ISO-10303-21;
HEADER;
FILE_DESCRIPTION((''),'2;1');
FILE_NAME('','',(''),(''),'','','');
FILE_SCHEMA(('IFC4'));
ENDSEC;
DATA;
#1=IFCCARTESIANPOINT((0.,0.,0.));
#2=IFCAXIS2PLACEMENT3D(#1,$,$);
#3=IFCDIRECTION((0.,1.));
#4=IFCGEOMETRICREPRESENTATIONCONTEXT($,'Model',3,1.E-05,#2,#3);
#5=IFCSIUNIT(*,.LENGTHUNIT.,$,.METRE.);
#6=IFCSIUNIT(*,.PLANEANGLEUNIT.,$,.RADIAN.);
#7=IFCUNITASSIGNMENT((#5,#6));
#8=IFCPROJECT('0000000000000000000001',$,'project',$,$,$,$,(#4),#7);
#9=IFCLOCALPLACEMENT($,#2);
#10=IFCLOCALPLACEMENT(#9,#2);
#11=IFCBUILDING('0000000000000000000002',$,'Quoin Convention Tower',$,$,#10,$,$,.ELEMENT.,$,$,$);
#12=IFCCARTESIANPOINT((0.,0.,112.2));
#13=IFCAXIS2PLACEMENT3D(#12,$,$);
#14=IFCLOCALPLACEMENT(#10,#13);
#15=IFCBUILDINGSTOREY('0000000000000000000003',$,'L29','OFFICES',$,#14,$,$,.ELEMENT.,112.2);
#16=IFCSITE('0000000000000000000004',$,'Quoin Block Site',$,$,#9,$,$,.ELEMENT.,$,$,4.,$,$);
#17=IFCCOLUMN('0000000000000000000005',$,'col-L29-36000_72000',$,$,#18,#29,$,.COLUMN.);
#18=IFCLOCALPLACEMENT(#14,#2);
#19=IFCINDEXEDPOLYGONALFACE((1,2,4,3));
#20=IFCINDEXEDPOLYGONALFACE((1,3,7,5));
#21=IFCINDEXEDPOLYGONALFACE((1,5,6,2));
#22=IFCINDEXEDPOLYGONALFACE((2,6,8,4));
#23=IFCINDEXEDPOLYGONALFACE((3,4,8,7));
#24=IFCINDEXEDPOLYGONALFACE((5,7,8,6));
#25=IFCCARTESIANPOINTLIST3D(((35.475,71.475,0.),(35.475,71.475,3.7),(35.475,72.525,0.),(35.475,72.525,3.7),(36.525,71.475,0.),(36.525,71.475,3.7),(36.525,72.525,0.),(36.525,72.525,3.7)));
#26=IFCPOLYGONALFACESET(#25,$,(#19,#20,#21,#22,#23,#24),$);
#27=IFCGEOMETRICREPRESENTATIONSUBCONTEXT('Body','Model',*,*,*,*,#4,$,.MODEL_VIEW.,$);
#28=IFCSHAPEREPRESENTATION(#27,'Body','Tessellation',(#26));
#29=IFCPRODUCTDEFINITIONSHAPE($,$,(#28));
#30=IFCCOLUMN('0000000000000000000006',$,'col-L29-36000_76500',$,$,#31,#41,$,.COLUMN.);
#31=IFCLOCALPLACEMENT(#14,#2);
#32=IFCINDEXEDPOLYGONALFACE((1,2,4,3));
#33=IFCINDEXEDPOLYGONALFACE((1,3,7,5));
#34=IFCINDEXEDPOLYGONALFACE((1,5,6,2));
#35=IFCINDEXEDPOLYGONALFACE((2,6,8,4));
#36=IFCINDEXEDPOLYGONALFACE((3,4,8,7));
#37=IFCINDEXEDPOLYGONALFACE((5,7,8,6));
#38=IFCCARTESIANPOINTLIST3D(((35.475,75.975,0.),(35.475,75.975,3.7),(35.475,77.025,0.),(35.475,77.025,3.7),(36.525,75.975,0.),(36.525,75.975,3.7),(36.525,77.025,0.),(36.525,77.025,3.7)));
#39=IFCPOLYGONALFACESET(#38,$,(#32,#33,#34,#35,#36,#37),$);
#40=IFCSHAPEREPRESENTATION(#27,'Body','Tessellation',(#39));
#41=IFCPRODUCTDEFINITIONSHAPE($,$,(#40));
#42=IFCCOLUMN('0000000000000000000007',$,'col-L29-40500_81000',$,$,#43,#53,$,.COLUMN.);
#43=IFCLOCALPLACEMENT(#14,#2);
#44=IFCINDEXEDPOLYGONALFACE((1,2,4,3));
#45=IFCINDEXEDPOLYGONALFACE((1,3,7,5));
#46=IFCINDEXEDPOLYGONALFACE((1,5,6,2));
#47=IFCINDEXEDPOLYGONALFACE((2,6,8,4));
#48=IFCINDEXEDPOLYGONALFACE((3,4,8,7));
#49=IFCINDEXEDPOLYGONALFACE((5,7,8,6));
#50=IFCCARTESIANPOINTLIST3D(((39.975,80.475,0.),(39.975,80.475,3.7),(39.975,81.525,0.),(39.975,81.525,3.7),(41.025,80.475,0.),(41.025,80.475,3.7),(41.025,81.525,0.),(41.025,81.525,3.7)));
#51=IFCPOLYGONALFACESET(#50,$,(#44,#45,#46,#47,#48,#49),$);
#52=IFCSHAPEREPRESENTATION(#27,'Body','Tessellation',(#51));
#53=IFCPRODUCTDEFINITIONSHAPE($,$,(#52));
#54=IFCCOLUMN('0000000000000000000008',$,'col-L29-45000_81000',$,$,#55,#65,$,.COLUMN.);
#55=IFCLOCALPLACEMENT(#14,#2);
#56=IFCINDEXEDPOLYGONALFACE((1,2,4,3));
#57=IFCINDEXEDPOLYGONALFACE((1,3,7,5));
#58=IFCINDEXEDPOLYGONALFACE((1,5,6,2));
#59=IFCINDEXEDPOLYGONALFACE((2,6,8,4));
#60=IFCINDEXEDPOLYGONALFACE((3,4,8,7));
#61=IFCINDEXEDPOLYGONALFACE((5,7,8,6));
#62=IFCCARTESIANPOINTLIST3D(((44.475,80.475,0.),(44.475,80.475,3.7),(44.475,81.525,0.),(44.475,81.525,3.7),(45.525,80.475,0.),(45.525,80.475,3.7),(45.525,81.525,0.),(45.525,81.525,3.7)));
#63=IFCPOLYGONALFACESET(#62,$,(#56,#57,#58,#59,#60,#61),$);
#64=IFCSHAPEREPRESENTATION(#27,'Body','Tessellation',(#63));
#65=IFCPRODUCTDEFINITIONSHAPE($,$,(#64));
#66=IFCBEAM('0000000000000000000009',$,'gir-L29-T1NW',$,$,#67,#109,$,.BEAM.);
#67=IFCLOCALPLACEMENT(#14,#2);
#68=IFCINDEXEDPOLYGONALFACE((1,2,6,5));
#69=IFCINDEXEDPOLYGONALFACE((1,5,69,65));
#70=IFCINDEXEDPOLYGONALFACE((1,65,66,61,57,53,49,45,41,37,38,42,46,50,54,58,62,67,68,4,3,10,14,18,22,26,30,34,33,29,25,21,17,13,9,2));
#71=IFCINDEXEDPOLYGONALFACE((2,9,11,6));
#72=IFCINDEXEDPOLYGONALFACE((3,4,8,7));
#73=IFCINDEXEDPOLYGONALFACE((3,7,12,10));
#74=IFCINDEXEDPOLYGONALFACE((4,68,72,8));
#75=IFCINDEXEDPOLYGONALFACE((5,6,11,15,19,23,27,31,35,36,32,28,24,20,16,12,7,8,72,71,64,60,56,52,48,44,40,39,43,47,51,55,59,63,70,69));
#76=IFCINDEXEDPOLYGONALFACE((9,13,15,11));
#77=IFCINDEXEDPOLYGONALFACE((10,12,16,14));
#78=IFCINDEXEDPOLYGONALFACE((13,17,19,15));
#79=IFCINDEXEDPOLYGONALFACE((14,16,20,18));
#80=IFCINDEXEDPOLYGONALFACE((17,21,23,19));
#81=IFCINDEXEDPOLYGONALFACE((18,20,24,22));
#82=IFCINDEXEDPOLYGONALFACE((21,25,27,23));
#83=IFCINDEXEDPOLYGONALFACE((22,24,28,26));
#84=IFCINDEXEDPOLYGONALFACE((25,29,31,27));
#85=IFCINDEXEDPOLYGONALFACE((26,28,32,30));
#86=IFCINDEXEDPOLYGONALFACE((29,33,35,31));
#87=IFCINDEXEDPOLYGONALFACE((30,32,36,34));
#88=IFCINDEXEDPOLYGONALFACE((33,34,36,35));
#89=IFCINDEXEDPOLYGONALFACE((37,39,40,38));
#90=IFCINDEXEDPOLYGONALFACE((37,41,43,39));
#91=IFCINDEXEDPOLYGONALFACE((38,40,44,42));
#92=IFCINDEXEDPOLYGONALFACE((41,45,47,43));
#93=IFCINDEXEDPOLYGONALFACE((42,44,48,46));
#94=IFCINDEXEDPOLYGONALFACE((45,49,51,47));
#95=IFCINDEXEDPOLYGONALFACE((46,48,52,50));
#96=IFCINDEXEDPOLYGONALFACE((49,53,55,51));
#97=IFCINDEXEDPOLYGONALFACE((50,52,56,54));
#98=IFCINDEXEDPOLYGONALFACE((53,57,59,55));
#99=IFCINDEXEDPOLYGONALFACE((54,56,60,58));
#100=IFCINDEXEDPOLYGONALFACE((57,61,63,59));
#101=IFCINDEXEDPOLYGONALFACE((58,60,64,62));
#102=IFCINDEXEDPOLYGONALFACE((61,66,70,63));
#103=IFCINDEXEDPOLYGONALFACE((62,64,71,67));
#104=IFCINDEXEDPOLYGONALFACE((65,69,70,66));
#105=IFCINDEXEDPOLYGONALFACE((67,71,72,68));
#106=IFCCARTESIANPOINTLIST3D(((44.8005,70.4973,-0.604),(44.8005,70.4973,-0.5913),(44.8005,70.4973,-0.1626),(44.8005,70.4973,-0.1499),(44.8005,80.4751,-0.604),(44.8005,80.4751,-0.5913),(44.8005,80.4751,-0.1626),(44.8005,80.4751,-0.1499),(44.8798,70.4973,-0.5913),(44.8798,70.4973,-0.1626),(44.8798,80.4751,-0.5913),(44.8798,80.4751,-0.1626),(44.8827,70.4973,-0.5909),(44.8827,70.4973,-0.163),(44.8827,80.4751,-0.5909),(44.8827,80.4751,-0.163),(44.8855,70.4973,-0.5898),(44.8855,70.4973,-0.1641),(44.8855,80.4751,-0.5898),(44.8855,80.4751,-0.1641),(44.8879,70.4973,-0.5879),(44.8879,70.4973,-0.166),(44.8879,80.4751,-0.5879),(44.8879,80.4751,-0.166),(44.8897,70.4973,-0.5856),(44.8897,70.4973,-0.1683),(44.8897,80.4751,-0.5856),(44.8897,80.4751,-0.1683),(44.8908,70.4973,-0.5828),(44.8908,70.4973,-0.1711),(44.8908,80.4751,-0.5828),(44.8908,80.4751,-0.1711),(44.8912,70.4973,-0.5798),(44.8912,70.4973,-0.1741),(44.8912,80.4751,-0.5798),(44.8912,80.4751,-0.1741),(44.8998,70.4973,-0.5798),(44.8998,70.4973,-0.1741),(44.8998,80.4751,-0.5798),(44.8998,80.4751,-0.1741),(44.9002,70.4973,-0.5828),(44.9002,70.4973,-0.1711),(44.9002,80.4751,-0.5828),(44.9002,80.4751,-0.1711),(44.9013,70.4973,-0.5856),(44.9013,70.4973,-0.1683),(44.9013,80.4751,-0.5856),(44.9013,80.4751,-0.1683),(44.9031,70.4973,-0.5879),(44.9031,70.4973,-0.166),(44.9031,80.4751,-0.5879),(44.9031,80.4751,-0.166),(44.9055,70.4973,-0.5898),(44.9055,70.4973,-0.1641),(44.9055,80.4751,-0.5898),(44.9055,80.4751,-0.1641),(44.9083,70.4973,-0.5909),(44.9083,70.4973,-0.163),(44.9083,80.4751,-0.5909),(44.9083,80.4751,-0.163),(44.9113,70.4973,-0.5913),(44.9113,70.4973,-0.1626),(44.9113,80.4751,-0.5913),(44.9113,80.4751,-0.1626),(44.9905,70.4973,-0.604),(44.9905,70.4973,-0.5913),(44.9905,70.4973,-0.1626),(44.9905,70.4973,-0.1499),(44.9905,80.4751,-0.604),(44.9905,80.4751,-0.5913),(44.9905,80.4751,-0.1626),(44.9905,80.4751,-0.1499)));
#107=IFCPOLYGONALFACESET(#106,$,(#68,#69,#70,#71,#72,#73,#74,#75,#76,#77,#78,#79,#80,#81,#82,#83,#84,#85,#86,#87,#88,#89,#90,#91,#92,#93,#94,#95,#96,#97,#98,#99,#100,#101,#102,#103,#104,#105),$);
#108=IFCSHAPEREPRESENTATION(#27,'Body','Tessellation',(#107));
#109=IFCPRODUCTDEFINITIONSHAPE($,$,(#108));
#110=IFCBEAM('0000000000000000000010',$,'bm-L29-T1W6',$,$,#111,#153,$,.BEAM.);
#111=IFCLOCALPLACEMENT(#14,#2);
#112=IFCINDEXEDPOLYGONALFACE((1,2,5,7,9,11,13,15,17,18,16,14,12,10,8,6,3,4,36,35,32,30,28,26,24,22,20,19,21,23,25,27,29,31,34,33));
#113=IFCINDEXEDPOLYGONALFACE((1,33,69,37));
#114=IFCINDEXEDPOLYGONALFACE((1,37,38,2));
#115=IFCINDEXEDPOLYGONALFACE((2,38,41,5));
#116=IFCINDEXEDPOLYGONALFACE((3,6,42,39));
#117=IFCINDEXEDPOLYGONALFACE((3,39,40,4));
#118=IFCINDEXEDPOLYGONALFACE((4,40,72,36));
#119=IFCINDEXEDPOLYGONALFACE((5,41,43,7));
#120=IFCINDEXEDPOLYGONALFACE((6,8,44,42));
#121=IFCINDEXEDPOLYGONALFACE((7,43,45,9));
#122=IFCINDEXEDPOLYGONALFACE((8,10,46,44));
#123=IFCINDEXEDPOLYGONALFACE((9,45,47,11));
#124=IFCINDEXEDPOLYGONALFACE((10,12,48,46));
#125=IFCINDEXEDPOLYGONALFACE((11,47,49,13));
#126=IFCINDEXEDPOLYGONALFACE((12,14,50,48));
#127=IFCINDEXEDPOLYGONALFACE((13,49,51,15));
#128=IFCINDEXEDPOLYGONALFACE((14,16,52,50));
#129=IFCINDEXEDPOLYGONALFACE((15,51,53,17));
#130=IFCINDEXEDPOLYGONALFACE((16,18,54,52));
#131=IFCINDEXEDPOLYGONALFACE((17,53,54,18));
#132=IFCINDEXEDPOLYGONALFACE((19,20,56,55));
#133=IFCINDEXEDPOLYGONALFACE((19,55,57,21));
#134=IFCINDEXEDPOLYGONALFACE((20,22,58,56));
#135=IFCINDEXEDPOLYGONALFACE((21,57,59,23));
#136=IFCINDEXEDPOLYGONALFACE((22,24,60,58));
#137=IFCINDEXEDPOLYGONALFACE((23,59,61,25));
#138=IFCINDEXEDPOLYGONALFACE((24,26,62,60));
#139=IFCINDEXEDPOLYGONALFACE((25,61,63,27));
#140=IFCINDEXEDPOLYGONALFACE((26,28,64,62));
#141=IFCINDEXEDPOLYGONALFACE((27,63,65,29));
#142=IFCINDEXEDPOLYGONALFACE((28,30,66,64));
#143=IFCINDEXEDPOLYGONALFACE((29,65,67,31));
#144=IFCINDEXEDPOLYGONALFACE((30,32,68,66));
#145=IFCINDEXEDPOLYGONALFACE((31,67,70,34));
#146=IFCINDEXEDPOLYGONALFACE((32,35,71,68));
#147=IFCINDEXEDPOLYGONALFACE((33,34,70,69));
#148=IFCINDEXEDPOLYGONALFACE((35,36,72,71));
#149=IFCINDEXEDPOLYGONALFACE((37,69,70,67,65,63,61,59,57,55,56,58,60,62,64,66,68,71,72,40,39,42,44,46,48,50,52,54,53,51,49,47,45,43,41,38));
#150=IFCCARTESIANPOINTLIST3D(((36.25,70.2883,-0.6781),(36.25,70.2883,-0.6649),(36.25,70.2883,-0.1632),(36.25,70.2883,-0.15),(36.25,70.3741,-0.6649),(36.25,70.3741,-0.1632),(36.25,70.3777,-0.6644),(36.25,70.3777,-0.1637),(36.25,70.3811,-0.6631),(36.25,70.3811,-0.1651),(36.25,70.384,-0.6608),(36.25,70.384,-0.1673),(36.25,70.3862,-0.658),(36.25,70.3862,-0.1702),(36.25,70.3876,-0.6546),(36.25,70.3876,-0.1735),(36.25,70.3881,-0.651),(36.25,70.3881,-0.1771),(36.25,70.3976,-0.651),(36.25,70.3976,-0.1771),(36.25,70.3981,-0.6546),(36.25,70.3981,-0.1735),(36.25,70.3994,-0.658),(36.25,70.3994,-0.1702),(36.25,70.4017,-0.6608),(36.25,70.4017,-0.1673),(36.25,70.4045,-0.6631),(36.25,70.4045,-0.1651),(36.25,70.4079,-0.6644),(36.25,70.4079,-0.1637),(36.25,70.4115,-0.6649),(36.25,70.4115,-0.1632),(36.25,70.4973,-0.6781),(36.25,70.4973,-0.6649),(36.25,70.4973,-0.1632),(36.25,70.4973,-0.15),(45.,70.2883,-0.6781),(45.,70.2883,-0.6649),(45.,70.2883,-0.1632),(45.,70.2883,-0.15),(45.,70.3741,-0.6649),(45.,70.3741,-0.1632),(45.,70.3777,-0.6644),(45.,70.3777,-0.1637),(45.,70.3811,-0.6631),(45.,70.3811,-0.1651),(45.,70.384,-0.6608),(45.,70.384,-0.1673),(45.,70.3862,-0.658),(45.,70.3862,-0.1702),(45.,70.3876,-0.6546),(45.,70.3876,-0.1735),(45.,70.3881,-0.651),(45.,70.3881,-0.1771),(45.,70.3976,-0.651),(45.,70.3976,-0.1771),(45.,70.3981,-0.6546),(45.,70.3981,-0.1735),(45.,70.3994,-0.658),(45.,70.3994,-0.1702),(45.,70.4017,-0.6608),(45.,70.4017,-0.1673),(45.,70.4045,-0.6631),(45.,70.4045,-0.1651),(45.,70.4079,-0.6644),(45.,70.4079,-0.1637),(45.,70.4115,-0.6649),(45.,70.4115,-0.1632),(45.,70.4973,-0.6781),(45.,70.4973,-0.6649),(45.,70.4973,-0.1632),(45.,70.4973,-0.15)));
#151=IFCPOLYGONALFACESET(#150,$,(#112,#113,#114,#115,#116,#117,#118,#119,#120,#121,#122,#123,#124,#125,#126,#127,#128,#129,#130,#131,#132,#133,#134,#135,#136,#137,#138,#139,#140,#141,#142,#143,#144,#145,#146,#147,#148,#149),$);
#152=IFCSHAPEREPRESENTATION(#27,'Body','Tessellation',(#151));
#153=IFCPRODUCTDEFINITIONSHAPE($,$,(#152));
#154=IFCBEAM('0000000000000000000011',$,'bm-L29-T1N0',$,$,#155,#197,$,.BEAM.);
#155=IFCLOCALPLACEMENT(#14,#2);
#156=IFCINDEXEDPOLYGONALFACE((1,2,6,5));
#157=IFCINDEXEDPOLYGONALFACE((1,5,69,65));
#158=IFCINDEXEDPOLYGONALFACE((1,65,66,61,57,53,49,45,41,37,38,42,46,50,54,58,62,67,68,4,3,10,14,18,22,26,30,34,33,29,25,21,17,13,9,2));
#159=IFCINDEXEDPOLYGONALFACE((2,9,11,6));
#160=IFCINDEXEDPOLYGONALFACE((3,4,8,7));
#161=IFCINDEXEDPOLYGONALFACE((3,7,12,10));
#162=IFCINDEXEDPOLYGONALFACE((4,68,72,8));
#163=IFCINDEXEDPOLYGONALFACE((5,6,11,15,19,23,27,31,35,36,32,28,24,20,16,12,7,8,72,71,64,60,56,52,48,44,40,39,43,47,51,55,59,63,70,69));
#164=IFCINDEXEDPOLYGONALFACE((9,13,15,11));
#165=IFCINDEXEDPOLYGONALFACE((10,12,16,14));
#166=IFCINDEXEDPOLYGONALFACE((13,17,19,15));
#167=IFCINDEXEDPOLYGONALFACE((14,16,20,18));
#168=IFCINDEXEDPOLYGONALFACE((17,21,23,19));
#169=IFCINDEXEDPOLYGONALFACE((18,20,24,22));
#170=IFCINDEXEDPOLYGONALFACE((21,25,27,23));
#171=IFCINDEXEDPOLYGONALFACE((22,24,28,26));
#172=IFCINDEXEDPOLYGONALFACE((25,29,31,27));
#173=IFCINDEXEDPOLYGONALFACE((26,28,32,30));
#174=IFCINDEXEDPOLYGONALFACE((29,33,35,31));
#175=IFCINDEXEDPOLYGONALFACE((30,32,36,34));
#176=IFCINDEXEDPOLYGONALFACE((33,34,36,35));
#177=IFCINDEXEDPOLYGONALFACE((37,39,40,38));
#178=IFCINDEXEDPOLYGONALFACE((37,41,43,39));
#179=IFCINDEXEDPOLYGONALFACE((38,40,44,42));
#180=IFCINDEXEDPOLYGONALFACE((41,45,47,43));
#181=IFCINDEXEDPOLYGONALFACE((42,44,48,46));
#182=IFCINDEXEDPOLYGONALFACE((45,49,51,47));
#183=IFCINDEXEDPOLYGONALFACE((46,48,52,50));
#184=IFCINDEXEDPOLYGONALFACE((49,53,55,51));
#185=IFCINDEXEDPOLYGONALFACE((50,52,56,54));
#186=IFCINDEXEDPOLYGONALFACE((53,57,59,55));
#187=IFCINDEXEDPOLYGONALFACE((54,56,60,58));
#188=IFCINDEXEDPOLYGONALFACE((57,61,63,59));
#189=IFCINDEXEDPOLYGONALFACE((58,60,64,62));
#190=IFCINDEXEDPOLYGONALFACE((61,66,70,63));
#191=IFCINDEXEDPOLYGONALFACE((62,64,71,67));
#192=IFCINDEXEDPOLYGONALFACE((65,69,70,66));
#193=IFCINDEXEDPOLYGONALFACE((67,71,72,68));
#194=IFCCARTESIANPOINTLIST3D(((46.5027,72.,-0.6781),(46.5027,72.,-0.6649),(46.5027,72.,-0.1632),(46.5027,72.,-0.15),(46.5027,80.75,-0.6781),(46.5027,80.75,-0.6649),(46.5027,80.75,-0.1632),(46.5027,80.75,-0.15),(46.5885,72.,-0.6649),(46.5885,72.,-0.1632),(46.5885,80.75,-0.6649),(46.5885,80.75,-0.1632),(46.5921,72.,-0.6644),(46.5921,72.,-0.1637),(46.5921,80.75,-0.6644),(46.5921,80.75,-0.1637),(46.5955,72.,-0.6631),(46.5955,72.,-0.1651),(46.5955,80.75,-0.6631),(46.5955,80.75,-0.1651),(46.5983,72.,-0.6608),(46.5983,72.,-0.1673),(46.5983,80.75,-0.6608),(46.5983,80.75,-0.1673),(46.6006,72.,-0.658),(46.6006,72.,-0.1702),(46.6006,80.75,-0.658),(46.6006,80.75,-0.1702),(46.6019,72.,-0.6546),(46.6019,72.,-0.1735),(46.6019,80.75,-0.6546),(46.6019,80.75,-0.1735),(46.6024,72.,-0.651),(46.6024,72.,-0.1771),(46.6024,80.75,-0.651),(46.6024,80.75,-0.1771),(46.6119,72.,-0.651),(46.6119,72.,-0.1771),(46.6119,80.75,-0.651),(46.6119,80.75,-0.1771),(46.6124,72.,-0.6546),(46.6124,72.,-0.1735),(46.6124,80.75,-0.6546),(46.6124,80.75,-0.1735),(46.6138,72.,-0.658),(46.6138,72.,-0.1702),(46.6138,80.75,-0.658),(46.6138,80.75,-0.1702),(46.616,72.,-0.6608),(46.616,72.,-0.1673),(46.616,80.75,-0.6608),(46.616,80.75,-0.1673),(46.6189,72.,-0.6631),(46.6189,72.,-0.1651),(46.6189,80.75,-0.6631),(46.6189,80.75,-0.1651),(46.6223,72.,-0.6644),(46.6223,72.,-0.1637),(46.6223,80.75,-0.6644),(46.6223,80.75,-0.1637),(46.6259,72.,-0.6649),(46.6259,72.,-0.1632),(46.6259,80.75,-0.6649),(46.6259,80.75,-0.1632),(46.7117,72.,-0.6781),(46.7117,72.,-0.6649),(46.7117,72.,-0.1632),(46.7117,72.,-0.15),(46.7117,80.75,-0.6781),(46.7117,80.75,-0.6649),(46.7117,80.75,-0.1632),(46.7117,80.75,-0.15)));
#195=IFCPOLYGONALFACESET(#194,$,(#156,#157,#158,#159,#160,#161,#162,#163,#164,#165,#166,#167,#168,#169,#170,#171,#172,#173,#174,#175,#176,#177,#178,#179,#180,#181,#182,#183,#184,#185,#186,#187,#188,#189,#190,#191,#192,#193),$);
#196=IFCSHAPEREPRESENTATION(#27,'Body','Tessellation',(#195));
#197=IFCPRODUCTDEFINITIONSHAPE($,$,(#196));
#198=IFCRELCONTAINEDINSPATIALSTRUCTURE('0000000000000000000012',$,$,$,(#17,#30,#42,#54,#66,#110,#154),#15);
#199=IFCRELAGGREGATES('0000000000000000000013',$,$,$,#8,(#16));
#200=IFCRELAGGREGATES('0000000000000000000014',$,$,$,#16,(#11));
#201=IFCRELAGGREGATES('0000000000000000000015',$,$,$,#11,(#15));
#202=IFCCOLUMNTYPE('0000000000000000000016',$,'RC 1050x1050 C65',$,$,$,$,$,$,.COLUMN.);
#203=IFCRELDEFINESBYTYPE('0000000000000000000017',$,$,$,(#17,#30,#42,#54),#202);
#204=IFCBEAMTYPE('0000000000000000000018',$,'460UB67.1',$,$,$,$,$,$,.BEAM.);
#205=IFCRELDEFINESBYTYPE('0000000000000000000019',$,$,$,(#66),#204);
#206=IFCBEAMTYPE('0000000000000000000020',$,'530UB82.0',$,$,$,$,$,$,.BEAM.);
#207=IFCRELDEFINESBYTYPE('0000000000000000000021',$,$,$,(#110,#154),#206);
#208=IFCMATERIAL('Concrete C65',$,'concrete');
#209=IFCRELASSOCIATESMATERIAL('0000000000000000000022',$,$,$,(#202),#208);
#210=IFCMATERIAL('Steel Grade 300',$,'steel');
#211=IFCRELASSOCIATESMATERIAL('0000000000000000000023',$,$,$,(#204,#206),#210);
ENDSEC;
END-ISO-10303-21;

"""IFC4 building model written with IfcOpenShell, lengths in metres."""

from ifc_helpers import new_model, si_unit, direction, frame, origin, origin_2d, place, context, subcontext, project, spatial, rectangle, i_section, extrude, material, material_profile, profile_set, type_object, element, save


model = new_model("IFC4")

# Units and contexts
model_context = context("Model", 3, precision=1e-05, world=origin(), true_north=direction((0.0, 1.0)))
body_context = subcontext(model_context, "Body", "Model", "MODEL_VIEW")
ifc_project = project(units=[si_unit("LENGTHUNIT", "METRE"), si_unit("PLANEANGLEUNIT", "RADIAN")], contexts=[model_context])

# Site, building, storey
site_placement = place(None, origin())
site = spatial("IfcSite", under=ifc_project, at=site_placement, Name="Quoin Block Site", CompositionType="ELEMENT", RefElevation=4.0)
building_placement = place(site_placement, origin())
building = spatial("IfcBuilding", under=site, at=building_placement, Name="Quoin Convention Tower", CompositionType="ELEMENT")
storey_placement = place(building_placement, frame((0.0, 0.0, 112.2)))
storey = spatial("IfcBuildingStorey", under=building, at=storey_placement, Name="L29", Description="OFFICES", CompositionType="ELEMENT", Elevation=112.2)

# Columns
ifc_material_1 = material(Name="Concrete C65", Category="concrete")
ifc_material_profile_1 = material_profile(ifc_material_1, rectangle(XDim=1.05, YDim=1.05, at=origin_2d()), Name="RC 1050x1050")
ifc_profile_set_1 = profile_set([ifc_material_profile_1], Name="Concrete C65")
column_type = type_object("IfcColumnType", Name="RC 1050x1050 C65", PredefinedType="COLUMN", material=ifc_profile_set_1)
for number, where, z_axis, x_axis, name in (
    (1, (36.0, 72.0, 0.0), (0.0, 0.0, 1.0), (1.0, 0.0, 0.0), "col-L29-36000_72000"),
    (2, (36.0, 76.5, 0.0), (0.0, 0.0, 1.0), (1.0, 0.0, 0.0), "col-L29-36000_76500"),
    (3, (40.5, 81.0, 0.0), (0.0, 0.0, 1.0), (1.0, 0.0, 0.0), "col-L29-40500_81000"),
    (4, (45.0, 81.0, 0.0), (0.0, 0.0, 1.0), (1.0, 0.0, 0.0), "col-L29-45000_81000"),
):
    element("IfcColumn", number, at=place(storey_placement, frame(where, z_axis=z_axis, x_axis=x_axis)), inside=storey, type_object=column_type, Name=name, PredefinedType="COLUMN", context=body_context, shape_type="SweptSolid", body=[
        extrude(rectangle(XDim=1.05, YDim=1.05, at=origin_2d()), origin(), (0.0, 0.0, 1.0), 3.7),
    ])

# Beams
ifc_material_2 = material(Name="Steel Grade 300", Category="steel")
ifc_material_profile_2 = material_profile(ifc_material_2, i_section(OverallWidth=0.1899, OverallDepth=0.4541, WebThickness=0.0085, FlangeThickness=0.0127, FilletRadius=0.0115, at=origin_2d()), Name="460UB67.1")
ifc_profile_set_2 = profile_set([ifc_material_profile_2], Name="Steel Grade 300")
beam_type_1 = type_object("IfcBeamType", Name="460UB67.1", PredefinedType="BEAM", material=ifc_profile_set_2)
beam_1_placement = place(storey_placement, frame((44.8955, 80.4751, -0.377), z_axis=(0.0, -1.0, 0.0), x_axis=(1.0, 0.0, 0.0)))
element("IfcBeam", 5, at=beam_1_placement, inside=storey, type_object=beam_type_1, Name="gir-L29-T1NW", PredefinedType="BEAM", context=body_context, shape_type="SweptSolid", body=[
    extrude(i_section(OverallWidth=0.1899, OverallDepth=0.4541, WebThickness=0.0085, FlangeThickness=0.0127, FilletRadius=0.0115, at=origin_2d()), origin(), (0.0, 0.0, 1.0), 9.9778),
])
ifc_material_profile_3 = material_profile(ifc_material_2, i_section(OverallWidth=0.209, OverallDepth=0.5281, WebThickness=0.0095, FlangeThickness=0.0132, FilletRadius=0.0139, at=origin_2d()), Name="530UB82.0")
ifc_profile_set_3 = profile_set([ifc_material_profile_3], Name="Steel Grade 300")
beam_type_2 = type_object("IfcBeamType", Name="530UB82.0", PredefinedType="BEAM", material=ifc_profile_set_3)
for number, where, z_axis, x_axis, name in (
    (6, (36.25, 70.3928, -0.4141), (1.0, 0.0, 0.0), (0.0, 1.0, 0.0), "bm-L29-T1W6"),
    (7, (46.6072, 72.0, -0.4141), (0.0, 1.0, 0.0), (-1.0, 0.0, 0.0), "bm-L29-T1N0"),
):
    element("IfcBeam", number, at=place(storey_placement, frame(where, z_axis=z_axis, x_axis=x_axis)), inside=storey, type_object=beam_type_2, Name=name, PredefinedType="BEAM", context=body_context, shape_type="SweptSolid", body=[
        extrude(i_section(OverallWidth=0.209, OverallDepth=0.5281, WebThickness=0.0095, FlangeThickness=0.0132, FilletRadius=0.0139, at=origin_2d()), origin(), (0.0, 0.0, 1.0), 8.75),
    ])

save(model, "model.ifc")
